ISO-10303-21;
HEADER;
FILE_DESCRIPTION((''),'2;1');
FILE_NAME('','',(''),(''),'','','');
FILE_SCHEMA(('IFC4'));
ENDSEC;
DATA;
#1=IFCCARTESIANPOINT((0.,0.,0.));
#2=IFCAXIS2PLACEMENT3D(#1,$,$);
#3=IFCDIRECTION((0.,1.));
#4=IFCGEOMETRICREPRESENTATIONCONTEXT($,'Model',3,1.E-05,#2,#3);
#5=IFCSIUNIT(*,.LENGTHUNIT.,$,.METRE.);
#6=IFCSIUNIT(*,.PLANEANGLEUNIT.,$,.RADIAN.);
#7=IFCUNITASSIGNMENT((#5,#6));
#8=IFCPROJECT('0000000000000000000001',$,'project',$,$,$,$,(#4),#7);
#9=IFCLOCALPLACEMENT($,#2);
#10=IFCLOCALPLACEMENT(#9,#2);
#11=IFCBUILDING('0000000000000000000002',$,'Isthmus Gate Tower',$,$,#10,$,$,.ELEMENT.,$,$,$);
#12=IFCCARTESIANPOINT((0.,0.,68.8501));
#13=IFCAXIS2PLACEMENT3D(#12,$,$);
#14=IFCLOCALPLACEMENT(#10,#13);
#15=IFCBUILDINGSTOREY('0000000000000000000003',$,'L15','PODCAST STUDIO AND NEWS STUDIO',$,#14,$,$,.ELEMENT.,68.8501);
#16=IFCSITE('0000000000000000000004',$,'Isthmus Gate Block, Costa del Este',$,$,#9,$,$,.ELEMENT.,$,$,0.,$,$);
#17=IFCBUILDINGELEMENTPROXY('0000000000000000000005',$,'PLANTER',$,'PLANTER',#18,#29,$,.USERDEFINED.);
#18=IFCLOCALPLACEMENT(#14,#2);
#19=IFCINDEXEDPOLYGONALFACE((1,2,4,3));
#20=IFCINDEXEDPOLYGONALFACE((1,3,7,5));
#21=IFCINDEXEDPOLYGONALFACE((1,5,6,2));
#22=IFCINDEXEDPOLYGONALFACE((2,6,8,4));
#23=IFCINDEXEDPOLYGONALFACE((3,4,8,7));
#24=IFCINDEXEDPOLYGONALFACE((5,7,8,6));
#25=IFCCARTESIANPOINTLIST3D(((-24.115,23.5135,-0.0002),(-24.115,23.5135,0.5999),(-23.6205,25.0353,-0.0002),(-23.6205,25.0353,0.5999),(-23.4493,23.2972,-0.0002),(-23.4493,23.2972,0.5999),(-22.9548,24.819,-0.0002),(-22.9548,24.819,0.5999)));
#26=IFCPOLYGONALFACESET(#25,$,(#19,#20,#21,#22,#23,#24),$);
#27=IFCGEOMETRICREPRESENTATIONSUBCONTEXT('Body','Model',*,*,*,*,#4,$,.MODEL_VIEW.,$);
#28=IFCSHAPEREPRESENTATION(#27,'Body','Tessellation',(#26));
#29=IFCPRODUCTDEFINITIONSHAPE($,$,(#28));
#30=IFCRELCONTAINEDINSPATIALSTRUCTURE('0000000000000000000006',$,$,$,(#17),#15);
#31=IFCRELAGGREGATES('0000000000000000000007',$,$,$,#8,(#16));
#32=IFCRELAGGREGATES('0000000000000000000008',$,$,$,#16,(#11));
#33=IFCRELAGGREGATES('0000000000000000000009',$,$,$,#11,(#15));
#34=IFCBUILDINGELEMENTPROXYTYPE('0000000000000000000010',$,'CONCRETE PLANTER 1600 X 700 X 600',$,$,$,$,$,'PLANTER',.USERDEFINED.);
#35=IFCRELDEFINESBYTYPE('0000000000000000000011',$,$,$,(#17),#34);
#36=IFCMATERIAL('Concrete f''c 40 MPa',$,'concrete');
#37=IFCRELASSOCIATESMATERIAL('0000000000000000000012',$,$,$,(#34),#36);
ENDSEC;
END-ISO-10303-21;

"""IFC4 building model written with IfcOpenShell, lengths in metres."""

from ifc_helpers import new_model, si_unit, direction, frame, origin, origin_2d, place, context, subcontext, project, spatial, rectangle, extrude, material, type_object, element, save


model = new_model("IFC4")

# Units and contexts
model_context = context("Model", 3, precision=1e-05, world=origin(), true_north=direction((0.0, 1.0)))
body_context = subcontext(model_context, "Body", "Model", "MODEL_VIEW")
ifc_project = project(units=[si_unit("LENGTHUNIT", "METRE"), si_unit("PLANEANGLEUNIT", "RADIAN")], contexts=[model_context])

# Site, building, storey
site_placement = place(None, origin())
site = spatial("IfcSite", under=ifc_project, at=site_placement, Name="Isthmus Gate Block, Costa del Este", CompositionType="ELEMENT", RefElevation=0.0)
building_placement = place(site_placement, origin())
building = spatial("IfcBuilding", under=site, at=building_placement, Name="Isthmus Gate Tower", CompositionType="ELEMENT")
storey_placement = place(building_placement, frame((0.0, 0.0, 68.8501)))
storey = spatial("IfcBuildingStorey", under=building, at=storey_placement, Name="L15", Description="PODCAST STUDIO AND NEWS STUDIO", CompositionType="ELEMENT", Elevation=68.8501)

# Building element proxy
ifc_material_1 = material(Name="Concrete f'c 40 MPa", Category="concrete")
building_element_proxy_type = type_object("IfcBuildingElementProxyType", Name="CONCRETE PLANTER 1600 X 700 X 600", ElementType="PLANTER", PredefinedType="USERDEFINED", material=ifc_material_1)
for number, where, z_axis, x_axis, name in (
    (1, (-23.5349, 24.1663, -0.0002), (0.0, 0.0, 1.0), (-0.309017, -0.951057, 0.0), "PLANTER"),
):
    element("IfcBuildingElementProxy", number, at=place(storey_placement, frame(where, z_axis=z_axis, x_axis=x_axis)), inside=storey, type_object=building_element_proxy_type, Name=name, ObjectType="PLANTER", PredefinedType="USERDEFINED", context=body_context, shape_type="SweptSolid", body=[
        extrude(rectangle(XDim=1.6001, YDim=0.7, at=origin_2d()), origin(), (0.0, 0.0, 1.0), 0.6001),
    ])

save(model, "model.ifc")
